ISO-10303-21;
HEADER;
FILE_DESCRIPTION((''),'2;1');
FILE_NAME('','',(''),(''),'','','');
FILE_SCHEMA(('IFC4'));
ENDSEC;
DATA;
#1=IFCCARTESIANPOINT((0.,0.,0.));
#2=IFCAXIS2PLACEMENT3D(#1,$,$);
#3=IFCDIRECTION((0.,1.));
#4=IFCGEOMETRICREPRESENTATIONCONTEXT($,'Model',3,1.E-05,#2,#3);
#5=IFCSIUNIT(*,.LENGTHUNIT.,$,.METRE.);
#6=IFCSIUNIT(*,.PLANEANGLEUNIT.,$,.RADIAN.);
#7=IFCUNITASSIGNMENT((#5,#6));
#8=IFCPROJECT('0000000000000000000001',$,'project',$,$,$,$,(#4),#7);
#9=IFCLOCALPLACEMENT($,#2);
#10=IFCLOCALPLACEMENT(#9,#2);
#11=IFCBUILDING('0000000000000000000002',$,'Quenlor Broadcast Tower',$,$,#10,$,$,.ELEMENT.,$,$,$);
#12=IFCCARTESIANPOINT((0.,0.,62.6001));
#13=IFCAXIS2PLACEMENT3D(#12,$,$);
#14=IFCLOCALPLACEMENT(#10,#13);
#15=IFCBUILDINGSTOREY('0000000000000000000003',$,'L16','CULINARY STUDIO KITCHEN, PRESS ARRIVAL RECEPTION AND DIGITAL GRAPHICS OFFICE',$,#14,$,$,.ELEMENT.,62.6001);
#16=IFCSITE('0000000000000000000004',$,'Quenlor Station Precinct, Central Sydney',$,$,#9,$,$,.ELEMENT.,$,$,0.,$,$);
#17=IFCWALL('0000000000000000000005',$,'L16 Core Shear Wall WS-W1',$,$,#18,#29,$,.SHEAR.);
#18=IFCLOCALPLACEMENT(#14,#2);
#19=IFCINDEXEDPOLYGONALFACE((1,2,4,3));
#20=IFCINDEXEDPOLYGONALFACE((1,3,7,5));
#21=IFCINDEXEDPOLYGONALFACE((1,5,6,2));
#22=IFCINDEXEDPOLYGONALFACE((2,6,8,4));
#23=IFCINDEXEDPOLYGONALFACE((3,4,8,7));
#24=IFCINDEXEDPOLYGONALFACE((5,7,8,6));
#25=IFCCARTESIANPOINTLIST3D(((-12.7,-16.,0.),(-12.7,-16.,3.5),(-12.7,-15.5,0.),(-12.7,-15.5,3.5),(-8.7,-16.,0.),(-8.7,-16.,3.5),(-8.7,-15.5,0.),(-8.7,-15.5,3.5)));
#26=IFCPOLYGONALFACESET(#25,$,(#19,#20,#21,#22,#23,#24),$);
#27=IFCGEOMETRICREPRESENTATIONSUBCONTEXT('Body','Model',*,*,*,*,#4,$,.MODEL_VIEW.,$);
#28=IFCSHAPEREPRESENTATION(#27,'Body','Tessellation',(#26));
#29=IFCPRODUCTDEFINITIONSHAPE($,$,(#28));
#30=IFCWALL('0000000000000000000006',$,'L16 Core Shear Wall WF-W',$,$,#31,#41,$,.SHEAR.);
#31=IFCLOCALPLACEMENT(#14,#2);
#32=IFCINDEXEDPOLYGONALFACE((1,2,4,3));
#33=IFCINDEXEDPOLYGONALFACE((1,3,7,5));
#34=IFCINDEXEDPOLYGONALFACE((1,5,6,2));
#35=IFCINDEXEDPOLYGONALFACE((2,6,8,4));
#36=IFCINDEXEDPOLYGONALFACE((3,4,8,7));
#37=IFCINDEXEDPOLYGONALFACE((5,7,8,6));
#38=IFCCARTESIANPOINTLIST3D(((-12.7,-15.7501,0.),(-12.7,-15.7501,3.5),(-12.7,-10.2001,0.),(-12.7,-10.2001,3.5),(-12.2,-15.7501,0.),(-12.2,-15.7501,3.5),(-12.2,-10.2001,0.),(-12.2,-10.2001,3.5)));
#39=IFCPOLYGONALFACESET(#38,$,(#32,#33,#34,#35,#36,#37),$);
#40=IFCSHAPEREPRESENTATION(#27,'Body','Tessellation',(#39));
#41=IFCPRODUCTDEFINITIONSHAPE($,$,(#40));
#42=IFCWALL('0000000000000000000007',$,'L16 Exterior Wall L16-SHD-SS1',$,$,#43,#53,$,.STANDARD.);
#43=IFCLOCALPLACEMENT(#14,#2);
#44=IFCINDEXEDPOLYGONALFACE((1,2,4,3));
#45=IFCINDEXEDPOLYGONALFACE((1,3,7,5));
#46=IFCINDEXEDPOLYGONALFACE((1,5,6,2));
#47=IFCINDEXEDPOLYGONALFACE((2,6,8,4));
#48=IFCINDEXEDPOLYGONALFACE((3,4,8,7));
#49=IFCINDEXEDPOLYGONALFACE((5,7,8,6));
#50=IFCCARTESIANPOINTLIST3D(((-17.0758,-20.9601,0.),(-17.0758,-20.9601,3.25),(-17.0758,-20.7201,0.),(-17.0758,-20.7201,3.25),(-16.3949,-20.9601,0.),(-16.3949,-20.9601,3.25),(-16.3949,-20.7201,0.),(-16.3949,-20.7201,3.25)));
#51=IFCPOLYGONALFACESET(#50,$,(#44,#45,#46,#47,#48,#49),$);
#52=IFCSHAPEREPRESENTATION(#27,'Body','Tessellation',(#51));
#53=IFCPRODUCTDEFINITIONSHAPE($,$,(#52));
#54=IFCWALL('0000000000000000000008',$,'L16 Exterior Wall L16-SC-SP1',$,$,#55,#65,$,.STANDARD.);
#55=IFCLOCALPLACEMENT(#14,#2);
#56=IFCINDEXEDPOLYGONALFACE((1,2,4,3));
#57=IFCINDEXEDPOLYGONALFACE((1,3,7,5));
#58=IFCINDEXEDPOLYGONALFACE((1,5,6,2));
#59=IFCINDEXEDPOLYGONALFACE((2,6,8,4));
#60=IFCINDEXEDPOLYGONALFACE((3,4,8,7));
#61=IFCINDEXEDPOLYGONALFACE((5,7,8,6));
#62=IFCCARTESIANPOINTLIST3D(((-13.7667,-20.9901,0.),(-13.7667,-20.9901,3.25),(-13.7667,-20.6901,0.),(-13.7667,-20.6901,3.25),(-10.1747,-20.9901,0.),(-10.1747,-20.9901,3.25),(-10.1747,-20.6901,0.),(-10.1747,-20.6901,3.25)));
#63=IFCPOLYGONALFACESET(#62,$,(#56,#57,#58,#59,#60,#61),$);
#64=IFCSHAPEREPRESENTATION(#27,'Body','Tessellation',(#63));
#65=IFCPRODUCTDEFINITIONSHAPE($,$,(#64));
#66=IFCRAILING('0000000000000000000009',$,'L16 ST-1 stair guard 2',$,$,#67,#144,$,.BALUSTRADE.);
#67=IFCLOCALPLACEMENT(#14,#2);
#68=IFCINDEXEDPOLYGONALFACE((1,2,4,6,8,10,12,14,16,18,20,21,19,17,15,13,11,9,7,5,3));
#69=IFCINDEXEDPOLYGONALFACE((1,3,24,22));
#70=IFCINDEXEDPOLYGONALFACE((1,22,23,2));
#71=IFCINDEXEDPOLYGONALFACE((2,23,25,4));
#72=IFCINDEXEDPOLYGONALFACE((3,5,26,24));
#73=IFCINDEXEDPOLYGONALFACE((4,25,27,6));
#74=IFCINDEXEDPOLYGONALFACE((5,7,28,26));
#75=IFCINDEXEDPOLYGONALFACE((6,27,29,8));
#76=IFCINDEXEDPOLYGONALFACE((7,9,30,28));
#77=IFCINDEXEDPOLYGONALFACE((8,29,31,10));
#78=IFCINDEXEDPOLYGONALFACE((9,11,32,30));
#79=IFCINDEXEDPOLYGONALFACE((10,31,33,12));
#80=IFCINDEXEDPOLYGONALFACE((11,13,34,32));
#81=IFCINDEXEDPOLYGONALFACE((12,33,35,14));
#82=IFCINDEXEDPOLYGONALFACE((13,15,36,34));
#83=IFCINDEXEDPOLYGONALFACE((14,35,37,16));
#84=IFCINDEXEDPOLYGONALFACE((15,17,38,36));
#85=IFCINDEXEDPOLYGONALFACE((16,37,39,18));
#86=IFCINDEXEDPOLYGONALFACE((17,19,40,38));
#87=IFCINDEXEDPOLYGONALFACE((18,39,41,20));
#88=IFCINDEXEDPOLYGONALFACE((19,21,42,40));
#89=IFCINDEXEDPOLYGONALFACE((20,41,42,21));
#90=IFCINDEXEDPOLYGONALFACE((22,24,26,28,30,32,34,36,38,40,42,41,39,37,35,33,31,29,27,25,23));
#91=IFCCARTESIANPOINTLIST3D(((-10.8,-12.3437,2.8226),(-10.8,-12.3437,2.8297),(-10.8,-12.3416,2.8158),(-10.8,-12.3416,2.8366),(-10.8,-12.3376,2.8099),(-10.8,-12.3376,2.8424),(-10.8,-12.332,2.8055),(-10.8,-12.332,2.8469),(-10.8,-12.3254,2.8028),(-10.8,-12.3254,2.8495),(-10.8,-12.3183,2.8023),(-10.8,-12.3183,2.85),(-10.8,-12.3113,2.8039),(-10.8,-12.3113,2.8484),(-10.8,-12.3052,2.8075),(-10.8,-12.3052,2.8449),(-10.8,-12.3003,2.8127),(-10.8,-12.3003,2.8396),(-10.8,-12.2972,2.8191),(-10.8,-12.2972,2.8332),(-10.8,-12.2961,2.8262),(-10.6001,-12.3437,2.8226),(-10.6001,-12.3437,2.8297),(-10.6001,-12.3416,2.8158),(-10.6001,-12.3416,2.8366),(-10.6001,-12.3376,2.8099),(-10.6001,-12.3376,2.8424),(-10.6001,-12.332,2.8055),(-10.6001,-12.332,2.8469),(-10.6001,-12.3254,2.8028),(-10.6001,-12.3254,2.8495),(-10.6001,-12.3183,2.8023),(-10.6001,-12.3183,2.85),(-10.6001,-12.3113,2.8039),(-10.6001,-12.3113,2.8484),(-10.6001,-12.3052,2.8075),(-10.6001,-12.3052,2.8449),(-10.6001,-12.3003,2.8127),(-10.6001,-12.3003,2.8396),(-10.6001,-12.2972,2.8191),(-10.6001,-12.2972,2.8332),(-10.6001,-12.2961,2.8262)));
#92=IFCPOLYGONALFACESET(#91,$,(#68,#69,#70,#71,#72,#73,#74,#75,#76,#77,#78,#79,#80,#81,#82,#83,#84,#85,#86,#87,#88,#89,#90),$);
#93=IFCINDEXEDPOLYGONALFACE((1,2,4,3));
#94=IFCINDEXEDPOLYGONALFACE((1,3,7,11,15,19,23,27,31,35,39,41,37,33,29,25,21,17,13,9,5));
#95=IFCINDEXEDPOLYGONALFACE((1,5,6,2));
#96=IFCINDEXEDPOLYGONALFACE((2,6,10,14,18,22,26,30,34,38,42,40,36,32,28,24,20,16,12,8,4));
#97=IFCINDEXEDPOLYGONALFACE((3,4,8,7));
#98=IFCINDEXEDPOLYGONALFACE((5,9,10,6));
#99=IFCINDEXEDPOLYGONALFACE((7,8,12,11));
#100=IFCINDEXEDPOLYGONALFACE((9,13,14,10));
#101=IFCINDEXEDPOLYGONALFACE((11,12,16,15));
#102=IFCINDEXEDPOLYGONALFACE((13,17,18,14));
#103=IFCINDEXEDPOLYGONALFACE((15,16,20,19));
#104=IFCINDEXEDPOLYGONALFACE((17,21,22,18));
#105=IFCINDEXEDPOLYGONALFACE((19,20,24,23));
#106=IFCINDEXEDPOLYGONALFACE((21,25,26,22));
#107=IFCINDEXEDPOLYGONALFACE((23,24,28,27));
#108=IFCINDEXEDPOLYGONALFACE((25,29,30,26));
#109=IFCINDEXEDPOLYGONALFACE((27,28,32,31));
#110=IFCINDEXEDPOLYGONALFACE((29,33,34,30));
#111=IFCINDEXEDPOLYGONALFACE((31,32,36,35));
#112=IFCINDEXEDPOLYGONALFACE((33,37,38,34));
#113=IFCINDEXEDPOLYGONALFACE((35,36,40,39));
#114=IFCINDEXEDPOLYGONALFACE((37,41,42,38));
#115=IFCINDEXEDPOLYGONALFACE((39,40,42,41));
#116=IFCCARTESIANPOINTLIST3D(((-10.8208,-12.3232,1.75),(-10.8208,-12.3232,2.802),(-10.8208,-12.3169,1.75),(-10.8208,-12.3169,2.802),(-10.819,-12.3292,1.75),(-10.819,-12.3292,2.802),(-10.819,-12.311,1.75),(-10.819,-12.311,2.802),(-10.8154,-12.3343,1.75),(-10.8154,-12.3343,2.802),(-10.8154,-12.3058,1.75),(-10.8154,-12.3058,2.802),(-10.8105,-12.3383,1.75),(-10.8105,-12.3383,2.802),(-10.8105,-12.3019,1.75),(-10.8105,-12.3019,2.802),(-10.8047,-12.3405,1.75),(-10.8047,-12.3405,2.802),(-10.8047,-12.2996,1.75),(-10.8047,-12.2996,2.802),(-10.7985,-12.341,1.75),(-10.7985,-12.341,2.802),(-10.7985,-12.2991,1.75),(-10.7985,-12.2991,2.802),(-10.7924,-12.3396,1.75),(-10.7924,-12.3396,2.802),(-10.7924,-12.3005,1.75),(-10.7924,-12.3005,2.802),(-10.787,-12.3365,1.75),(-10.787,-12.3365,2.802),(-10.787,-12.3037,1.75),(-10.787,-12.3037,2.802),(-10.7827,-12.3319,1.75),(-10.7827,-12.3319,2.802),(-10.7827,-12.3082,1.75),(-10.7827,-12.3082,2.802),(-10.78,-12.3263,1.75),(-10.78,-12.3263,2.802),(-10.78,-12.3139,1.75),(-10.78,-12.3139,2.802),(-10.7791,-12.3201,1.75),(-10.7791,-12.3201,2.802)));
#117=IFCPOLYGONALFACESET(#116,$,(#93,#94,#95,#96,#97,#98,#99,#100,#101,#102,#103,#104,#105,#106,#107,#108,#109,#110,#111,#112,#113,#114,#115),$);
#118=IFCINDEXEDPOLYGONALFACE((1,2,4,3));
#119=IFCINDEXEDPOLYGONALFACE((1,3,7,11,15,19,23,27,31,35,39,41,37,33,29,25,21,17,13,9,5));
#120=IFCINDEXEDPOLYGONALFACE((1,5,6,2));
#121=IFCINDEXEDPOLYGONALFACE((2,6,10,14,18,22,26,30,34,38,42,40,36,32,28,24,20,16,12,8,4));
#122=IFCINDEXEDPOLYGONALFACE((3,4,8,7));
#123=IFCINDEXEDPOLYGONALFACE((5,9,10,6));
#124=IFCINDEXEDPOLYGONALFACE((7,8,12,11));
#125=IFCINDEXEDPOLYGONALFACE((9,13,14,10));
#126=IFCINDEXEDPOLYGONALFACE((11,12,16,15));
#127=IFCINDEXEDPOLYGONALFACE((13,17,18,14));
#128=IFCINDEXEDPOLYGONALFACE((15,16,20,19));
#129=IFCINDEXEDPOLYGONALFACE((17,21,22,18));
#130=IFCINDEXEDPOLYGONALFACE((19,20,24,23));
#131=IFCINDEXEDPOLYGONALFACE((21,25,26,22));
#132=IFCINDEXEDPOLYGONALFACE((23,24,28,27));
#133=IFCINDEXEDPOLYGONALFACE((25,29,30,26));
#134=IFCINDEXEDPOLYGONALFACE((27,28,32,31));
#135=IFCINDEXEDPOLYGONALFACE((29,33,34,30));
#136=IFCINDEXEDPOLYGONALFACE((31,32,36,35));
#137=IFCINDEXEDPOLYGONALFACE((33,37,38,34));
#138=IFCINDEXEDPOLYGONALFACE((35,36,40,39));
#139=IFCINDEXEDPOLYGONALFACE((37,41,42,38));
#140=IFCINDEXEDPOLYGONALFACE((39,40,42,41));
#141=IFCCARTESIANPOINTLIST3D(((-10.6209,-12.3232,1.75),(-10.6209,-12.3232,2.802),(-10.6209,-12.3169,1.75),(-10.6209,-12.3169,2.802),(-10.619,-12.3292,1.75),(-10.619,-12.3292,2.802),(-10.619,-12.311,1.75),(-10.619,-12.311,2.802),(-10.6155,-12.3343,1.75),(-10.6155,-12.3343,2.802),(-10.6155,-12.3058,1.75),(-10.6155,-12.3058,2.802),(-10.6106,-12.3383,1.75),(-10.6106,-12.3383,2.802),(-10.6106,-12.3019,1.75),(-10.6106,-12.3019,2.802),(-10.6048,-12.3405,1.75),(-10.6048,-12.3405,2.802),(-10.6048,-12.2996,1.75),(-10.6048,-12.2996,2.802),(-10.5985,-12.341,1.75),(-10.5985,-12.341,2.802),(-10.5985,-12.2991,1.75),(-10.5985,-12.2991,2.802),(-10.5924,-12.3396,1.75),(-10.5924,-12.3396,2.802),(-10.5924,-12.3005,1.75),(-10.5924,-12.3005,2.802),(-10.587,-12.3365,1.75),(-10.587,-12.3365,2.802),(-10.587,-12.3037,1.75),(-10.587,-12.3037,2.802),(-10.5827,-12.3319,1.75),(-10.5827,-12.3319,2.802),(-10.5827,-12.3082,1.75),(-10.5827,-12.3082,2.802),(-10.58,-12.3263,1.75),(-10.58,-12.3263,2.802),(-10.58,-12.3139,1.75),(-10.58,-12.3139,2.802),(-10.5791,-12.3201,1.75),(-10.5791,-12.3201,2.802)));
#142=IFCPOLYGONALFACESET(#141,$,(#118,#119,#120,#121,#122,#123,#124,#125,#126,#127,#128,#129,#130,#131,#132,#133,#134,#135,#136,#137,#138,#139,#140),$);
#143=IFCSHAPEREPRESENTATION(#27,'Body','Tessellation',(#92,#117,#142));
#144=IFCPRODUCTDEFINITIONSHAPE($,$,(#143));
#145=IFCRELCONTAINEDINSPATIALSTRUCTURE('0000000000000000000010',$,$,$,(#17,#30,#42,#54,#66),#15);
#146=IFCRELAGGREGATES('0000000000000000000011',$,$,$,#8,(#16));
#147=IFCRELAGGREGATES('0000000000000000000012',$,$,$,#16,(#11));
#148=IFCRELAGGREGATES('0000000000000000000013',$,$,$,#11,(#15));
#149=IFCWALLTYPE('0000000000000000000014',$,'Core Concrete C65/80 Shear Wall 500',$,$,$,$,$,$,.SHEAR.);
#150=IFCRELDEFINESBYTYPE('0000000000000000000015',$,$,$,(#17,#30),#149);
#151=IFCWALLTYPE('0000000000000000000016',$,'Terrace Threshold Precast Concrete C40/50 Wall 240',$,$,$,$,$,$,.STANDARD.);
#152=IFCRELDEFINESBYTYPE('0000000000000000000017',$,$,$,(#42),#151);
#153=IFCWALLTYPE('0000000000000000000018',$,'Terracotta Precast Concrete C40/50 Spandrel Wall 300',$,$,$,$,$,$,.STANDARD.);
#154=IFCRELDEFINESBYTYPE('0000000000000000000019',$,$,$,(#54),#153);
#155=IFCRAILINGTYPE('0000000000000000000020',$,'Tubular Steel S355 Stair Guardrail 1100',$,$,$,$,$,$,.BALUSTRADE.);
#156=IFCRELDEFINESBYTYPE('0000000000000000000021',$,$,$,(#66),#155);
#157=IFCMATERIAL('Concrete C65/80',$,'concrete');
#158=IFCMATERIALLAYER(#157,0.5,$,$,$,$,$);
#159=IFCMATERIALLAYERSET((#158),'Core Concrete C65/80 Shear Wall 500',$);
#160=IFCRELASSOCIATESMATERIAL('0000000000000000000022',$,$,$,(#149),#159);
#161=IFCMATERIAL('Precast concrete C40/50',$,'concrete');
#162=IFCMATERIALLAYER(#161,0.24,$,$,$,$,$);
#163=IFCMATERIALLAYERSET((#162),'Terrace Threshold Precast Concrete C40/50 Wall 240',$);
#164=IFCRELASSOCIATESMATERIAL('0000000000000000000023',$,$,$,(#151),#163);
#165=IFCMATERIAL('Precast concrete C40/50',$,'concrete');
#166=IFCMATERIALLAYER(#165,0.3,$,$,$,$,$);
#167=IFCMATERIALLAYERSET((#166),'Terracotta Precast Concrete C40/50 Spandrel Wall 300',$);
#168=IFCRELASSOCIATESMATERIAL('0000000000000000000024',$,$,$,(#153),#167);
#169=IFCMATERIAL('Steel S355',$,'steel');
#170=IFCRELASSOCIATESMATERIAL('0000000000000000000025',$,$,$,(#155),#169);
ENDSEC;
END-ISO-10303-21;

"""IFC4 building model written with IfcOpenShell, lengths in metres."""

from ifc_helpers import new_model, si_unit, direction, frame, frame_2d, origin, origin_2d, place, context, subcontext, project, spatial, rectangle, circle, extrude, material, layer, layer_set, type_object, element, save


model = new_model("IFC4")

# Units and contexts
model_context = context("Model", 3, precision=1e-05, world=origin(), true_north=direction((0.0, 1.0)))
body_context = subcontext(model_context, "Body", "Model", "MODEL_VIEW")
ifc_project = project(units=[si_unit("LENGTHUNIT", "METRE"), si_unit("PLANEANGLEUNIT", "RADIAN")], contexts=[model_context])

# Site, building, storey
site_placement = place(None, origin())
site = spatial("IfcSite", under=ifc_project, at=site_placement, Name="Quenlor Station Precinct, Central Sydney", CompositionType="ELEMENT", RefElevation=0.0)
building_placement = place(site_placement, origin())
building = spatial("IfcBuilding", under=site, at=building_placement, Name="Quenlor Broadcast Tower", CompositionType="ELEMENT")
storey_placement = place(building_placement, frame((0.0, 0.0, 62.6001)))
storey = spatial("IfcBuildingStorey", under=building, at=storey_placement, Name="L16", Description="CULINARY STUDIO KITCHEN, PRESS ARRIVAL RECEPTION AND DIGITAL GRAPHICS OFFICE", CompositionType="ELEMENT", Elevation=62.6001)

# Walls
ifc_material_1 = material(Name="Concrete C65/80", Category="concrete")
ifc_layer_1 = layer(ifc_material_1, 0.5)
ifc_layer_set_1 = layer_set([ifc_layer_1], Name="Core Concrete C65/80 Shear Wall 500")
wall_type_1 = type_object("IfcWallType", Name="Core Concrete C65/80 Shear Wall 500", PredefinedType="SHEAR", material=ifc_layer_set_1)
wall_1_placement = place(storey_placement, frame((-12.7, -15.75, 0.0), z_axis=(0.0, 0.0, 1.0), x_axis=(1.0, 0.0, 0.0)))
element("IfcWall", 1, at=wall_1_placement, inside=storey, type_object=wall_type_1, Name="L16 Core Shear Wall WS-W1", PredefinedType="SHEAR", context=body_context, shape_type="SweptSolid", body=[
    extrude(rectangle(XDim=4.0, YDim=0.5, at=frame_2d((2.0, 0.0))), origin(), (0.0, 0.0, 1.0), 3.5),
])
wall_2_placement = place(storey_placement, frame((-12.45, -15.75, 0.0), z_axis=(0.0, 0.0, 1.0), x_axis=(0.0, 1.0, 0.0)))
element("IfcWall", 2, at=wall_2_placement, inside=storey, type_object=wall_type_1, Name="L16 Core Shear Wall WF-W", PredefinedType="SHEAR", context=body_context, shape_type="SweptSolid", body=[
    extrude(rectangle(XDim=5.55, YDim=0.5, at=frame_2d((2.7749, 0.0))), origin(), (0.0, 0.0, 1.0), 3.5),
])
ifc_material_2 = material(Name="Precast concrete C40/50", Category="concrete")
ifc_layer_2 = layer(ifc_material_2, 0.24)
ifc_layer_set_2 = layer_set([ifc_layer_2], Name="Terrace Threshold Precast Concrete C40/50 Wall 240")
wall_type_2 = type_object("IfcWallType", Name="Terrace Threshold Precast Concrete C40/50 Wall 240", PredefinedType="STANDARD", material=ifc_layer_set_2)
wall_3_placement = place(storey_placement, frame((-16.395, -20.8401, 0.0), z_axis=(0.0, 0.0, 1.0), x_axis=(-1.0, 0.0, 0.0)))
element("IfcWall", 3, at=wall_3_placement, inside=storey, type_object=wall_type_2, Name="L16 Exterior Wall L16-SHD-SS1", PredefinedType="STANDARD", context=body_context, shape_type="SweptSolid", body=[
    extrude(rectangle(XDim=0.6809, YDim=0.24, at=frame_2d((0.3403, 0.0))), origin(), (0.0, 0.0, 1.0), 3.25),
])
ifc_material_3 = material(Name="Precast concrete C40/50", Category="concrete")
ifc_layer_3 = layer(ifc_material_3, 0.3)
ifc_layer_set_3 = layer_set([ifc_layer_3], Name="Terracotta Precast Concrete C40/50 Spandrel Wall 300")
wall_type_3 = type_object("IfcWallType", Name="Terracotta Precast Concrete C40/50 Spandrel Wall 300", PredefinedType="STANDARD", material=ifc_layer_set_3)
wall_4_placement = place(storey_placement, frame((-10.1748, -20.8401, 0.0), z_axis=(0.0, 0.0, 1.0), x_axis=(-1.0, 0.0, 0.0)))
element("IfcWall", 4, at=wall_4_placement, inside=storey, type_object=wall_type_3, Name="L16 Exterior Wall L16-SC-SP1", PredefinedType="STANDARD", context=body_context, shape_type="SweptSolid", body=[
    extrude(rectangle(XDim=3.592, YDim=0.3, at=frame_2d((1.7959, 0.0))), origin(), (0.0, 0.0, 1.0), 3.25),
])

# Railing
ifc_material_4 = material(Name="Steel S355", Category="steel")
railing_type = type_object("IfcRailingType", Name="Tubular Steel S355 Stair Guardrail 1100", PredefinedType="BALUSTRADE", material=ifc_material_4)
railing_1_placement = place(storey_placement, frame((-10.8, -12.3201, 1.75)))
element("IfcRailing", 5, at=railing_1_placement, inside=storey, type_object=railing_type, Name="L16 ST-1 stair guard 2", PredefinedType="BALUSTRADE", context=body_context, shape_type="SweptSolid", body=[
    extrude(circle(Radius=0.0239, at=origin_2d()), frame((0.0, 0.0, 1.0762), z_axis=(1.0, 0.0, 0.0), x_axis=(0.0, 1.0, 0.0)), (0.0, 0.0, 1.0), 0.2),
    extrude(circle(Radius=0.021, at=origin_2d()), origin(), (0.0, 0.0, 1.0), 1.052),
    extrude(circle(Radius=0.021, at=origin_2d()), frame((0.2, 0.0, 0.0)), (0.0, 0.0, 1.0), 1.052),
])

save(model, "model.ifc")
